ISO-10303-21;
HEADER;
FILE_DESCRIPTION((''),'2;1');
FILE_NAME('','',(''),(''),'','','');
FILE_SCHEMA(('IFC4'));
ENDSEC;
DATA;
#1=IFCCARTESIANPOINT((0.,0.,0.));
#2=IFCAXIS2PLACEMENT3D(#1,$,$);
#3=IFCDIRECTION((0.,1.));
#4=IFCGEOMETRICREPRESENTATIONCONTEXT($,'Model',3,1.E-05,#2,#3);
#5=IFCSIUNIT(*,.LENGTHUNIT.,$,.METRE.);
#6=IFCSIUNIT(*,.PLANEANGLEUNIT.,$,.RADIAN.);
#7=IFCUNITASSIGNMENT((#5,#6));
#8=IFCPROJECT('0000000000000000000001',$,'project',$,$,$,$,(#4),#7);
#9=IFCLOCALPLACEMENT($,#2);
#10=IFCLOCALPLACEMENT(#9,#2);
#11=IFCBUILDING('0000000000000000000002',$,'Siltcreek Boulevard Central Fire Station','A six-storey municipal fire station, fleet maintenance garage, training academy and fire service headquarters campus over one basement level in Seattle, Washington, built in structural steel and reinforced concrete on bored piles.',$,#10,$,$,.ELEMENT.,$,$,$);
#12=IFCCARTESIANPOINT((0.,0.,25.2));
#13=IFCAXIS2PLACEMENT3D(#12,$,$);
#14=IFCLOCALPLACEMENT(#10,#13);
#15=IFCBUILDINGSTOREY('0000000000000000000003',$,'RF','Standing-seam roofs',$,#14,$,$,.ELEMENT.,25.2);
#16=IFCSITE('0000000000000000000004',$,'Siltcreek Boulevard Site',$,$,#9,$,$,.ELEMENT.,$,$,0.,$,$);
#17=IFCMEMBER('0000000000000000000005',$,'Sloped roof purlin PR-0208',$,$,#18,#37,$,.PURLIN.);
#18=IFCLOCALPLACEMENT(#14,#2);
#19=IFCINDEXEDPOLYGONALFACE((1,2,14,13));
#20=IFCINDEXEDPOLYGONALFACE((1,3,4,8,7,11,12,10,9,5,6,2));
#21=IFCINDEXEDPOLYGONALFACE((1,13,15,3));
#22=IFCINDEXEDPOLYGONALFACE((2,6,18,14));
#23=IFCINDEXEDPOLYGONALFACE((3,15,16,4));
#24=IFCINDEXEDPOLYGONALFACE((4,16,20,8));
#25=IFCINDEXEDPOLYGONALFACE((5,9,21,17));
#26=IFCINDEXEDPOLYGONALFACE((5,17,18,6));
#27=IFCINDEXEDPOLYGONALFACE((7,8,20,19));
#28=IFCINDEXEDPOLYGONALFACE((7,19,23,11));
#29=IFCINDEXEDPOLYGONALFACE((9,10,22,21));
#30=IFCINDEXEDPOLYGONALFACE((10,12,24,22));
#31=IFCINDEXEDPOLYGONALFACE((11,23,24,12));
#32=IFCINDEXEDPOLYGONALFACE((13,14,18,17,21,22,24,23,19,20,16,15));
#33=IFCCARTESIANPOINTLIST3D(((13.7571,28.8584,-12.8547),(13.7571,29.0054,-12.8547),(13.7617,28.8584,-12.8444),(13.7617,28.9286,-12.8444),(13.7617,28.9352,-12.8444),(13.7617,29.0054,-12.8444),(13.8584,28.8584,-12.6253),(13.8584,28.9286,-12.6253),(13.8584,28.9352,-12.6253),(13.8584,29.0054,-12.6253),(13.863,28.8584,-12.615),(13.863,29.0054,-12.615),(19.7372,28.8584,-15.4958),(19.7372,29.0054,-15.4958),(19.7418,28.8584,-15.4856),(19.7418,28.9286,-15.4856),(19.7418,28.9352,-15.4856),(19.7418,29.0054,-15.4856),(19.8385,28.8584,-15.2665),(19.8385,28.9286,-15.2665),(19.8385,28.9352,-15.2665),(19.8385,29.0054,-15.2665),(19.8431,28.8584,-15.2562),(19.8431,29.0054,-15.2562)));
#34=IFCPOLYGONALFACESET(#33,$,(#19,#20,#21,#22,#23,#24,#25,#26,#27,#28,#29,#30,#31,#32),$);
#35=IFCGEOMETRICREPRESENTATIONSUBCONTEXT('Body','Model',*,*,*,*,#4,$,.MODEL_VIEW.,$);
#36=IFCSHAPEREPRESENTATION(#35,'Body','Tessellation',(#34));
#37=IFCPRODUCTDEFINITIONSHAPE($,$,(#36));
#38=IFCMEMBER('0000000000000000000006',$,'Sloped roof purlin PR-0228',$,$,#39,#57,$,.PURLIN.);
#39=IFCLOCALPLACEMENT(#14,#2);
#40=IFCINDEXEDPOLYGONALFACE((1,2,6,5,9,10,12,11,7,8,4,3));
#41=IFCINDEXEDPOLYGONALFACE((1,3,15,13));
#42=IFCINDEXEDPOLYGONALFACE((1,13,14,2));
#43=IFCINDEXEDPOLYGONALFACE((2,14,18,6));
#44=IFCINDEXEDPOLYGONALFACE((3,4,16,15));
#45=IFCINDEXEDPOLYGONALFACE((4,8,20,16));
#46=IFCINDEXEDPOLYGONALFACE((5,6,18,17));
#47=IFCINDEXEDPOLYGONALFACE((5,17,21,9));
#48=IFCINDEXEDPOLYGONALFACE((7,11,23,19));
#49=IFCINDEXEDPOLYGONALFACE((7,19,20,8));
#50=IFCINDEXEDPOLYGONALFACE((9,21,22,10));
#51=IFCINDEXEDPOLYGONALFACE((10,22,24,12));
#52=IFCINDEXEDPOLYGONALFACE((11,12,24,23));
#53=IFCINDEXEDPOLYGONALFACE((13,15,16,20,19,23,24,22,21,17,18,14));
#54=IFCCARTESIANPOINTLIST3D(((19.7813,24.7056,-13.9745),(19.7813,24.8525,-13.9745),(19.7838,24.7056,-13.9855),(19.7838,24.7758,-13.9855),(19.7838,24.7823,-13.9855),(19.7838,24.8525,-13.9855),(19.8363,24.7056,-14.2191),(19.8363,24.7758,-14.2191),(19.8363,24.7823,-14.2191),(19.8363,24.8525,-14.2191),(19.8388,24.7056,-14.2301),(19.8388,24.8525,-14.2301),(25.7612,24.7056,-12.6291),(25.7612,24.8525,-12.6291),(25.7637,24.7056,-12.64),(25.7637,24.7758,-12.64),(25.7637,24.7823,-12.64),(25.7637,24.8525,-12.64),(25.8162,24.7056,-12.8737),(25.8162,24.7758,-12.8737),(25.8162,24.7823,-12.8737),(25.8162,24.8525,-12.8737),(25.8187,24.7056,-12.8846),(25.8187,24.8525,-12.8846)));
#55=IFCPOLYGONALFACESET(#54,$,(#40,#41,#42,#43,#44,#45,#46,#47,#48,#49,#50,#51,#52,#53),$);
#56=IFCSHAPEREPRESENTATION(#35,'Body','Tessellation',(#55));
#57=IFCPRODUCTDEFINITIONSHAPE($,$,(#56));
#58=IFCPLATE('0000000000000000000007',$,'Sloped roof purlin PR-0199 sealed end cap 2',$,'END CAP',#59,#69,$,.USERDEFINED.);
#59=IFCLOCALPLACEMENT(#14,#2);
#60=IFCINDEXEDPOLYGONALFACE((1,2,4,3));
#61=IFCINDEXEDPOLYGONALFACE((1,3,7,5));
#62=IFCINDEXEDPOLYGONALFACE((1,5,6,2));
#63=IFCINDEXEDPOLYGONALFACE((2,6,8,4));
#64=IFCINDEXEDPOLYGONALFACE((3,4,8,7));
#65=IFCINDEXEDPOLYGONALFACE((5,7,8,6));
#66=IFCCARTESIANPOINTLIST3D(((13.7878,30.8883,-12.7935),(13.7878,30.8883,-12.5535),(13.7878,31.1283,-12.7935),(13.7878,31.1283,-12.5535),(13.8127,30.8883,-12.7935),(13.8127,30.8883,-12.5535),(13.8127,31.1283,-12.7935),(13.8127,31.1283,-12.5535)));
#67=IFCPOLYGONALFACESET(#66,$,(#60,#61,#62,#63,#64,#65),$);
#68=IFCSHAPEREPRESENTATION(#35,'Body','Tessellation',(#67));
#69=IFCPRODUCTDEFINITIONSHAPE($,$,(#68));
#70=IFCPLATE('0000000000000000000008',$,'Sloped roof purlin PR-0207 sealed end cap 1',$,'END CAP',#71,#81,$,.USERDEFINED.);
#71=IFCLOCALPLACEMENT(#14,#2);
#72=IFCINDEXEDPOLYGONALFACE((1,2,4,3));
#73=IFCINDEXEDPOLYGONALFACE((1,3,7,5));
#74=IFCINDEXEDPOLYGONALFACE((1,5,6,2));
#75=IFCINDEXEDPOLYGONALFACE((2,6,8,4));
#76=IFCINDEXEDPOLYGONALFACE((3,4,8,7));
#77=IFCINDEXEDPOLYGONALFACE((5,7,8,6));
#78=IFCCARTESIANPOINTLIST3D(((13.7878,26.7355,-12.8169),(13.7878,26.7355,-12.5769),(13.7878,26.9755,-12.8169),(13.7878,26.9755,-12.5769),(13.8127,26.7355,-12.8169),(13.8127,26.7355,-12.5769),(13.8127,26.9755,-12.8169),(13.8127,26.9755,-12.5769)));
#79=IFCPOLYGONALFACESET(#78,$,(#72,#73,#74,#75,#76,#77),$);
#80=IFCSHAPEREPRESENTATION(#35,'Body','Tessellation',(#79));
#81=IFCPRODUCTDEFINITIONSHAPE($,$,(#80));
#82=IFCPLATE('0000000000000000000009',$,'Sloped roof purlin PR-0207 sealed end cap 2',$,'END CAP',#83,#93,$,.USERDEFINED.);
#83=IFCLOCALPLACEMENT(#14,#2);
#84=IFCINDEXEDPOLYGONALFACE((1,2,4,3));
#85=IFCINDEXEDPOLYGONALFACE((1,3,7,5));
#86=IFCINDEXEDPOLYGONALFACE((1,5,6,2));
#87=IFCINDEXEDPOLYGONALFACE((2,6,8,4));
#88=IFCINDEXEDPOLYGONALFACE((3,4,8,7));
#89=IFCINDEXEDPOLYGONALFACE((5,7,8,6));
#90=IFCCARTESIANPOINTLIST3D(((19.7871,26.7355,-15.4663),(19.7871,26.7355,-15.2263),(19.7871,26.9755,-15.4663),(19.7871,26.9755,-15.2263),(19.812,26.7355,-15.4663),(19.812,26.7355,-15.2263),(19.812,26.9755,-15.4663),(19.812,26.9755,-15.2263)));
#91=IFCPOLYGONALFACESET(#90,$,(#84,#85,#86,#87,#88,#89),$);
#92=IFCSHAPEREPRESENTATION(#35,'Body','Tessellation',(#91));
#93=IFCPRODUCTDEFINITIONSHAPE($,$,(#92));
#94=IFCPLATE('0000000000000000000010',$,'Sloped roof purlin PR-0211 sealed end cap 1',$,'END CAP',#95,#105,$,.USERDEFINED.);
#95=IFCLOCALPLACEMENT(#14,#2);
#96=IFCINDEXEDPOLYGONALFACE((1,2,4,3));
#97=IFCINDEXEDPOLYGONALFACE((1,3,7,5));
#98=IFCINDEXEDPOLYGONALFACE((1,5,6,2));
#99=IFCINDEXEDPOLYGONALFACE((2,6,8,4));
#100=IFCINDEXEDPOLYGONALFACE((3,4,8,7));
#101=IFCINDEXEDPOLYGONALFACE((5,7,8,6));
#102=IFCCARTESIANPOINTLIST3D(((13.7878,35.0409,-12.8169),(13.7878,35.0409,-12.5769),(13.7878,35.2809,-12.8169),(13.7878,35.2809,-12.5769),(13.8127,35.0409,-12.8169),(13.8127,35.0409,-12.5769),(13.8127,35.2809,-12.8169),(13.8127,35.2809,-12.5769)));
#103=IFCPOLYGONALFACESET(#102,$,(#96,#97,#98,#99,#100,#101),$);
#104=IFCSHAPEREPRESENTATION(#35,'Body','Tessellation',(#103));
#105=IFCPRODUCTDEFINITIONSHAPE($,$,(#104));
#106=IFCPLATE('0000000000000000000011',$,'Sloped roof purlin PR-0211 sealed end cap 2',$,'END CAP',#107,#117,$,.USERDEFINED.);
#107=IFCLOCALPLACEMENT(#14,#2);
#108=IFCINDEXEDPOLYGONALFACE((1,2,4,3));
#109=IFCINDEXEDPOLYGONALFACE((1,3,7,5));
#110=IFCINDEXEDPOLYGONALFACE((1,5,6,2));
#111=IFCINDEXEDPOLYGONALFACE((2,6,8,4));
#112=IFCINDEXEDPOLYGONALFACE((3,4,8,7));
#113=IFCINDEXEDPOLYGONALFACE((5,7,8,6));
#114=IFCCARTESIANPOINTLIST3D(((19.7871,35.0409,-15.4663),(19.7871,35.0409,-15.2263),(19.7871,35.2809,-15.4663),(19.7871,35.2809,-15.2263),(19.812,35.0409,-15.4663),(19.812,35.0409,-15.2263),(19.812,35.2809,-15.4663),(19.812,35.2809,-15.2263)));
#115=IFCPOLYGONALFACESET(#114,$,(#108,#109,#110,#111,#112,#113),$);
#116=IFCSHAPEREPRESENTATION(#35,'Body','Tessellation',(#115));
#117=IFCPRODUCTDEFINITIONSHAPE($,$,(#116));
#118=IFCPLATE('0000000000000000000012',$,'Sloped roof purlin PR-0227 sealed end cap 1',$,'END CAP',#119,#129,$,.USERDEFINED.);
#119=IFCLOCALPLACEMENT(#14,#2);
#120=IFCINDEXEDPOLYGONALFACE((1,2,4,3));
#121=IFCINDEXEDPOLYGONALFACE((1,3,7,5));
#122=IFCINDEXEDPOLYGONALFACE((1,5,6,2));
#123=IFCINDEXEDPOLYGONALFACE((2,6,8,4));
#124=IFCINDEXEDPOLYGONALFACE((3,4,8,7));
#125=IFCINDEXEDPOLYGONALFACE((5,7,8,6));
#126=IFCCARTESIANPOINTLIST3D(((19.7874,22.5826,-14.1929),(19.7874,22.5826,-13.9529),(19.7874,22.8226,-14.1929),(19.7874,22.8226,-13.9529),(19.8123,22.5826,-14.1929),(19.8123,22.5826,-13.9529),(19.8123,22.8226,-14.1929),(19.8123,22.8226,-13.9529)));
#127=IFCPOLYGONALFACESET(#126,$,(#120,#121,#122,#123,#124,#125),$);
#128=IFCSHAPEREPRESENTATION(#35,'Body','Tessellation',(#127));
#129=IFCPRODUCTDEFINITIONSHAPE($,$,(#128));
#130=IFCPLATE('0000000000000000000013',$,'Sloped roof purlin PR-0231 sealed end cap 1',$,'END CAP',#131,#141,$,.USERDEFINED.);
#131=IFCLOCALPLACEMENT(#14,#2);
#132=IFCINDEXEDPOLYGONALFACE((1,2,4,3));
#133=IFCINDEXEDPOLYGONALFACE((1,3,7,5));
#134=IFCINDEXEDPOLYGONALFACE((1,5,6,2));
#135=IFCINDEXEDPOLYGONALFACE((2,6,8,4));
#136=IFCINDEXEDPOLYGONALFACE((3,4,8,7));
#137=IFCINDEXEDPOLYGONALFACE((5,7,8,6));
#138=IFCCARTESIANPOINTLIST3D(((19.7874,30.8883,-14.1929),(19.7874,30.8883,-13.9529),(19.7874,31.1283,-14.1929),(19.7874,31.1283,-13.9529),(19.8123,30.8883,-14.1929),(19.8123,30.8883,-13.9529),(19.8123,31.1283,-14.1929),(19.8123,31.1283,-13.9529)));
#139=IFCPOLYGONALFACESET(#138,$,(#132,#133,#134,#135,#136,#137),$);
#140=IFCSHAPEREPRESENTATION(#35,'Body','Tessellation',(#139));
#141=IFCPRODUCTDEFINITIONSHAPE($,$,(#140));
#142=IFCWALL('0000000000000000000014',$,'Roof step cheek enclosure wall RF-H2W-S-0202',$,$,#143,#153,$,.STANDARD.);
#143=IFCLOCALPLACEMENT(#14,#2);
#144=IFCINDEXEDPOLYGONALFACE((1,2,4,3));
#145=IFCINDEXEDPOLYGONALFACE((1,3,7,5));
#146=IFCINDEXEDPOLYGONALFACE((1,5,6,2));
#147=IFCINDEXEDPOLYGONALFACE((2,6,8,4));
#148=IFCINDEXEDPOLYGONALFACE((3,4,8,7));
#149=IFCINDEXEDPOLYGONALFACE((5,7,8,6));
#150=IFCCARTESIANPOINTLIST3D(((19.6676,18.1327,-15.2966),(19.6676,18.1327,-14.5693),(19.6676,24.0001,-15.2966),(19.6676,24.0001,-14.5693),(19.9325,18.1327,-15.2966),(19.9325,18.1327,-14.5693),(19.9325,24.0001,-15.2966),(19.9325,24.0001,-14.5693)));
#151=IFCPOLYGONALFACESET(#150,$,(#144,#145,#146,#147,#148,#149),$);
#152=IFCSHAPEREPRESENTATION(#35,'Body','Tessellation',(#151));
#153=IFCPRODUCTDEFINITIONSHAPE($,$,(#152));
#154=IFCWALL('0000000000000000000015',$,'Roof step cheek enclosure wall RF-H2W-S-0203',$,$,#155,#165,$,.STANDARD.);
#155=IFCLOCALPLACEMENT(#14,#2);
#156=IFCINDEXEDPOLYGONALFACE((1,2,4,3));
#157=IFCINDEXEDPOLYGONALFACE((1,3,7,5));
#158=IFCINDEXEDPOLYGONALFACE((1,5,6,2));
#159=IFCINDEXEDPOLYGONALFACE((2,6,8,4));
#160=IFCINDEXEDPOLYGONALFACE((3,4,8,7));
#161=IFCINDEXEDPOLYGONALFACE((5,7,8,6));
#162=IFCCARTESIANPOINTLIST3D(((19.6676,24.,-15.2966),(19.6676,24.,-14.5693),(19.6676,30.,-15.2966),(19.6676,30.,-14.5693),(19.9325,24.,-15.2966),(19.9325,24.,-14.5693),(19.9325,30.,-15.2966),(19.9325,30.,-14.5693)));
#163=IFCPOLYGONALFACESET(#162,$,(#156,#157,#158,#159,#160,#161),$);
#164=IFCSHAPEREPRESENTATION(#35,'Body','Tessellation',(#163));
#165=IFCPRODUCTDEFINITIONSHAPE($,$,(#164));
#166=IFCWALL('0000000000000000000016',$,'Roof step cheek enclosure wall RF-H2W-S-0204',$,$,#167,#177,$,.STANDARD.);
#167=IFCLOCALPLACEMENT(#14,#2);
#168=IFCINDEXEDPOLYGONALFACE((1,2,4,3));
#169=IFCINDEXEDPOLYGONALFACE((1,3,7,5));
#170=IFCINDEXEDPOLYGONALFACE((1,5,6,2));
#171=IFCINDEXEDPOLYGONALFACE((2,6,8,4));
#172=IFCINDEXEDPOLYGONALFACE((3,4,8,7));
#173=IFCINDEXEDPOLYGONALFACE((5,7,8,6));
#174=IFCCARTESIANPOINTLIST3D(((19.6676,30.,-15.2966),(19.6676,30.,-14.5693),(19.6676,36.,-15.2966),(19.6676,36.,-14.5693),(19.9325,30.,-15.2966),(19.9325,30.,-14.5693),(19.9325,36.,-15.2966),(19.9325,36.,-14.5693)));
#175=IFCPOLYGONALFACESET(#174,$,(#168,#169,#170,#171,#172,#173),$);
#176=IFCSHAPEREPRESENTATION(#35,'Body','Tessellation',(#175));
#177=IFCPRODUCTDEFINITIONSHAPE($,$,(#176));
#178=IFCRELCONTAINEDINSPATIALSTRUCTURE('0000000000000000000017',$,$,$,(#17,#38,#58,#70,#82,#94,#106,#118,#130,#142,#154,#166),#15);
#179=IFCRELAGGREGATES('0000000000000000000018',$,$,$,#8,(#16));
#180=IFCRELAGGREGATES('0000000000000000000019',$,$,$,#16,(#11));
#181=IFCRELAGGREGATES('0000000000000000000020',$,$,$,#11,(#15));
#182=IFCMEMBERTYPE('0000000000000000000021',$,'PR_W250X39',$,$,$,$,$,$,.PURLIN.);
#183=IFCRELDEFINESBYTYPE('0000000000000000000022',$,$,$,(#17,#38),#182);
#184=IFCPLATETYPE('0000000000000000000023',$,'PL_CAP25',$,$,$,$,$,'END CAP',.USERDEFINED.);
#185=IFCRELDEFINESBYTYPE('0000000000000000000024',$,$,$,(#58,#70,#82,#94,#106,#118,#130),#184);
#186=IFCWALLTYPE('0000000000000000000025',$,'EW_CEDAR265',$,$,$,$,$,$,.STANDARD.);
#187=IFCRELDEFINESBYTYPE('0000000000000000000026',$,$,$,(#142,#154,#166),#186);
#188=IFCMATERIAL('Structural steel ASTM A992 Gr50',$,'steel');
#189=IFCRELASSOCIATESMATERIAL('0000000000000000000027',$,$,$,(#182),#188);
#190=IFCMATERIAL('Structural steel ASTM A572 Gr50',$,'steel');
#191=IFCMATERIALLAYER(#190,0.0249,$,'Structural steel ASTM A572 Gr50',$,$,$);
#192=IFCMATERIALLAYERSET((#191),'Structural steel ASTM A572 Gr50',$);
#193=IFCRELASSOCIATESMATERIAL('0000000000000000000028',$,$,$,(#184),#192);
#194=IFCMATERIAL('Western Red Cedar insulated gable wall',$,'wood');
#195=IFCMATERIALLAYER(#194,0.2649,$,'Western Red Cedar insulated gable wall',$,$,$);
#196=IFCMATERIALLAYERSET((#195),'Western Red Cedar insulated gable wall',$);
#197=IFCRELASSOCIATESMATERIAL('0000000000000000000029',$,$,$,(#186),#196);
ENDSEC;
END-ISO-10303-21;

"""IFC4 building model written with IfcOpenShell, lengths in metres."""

from ifc_helpers import new_model, si_unit, direction, frame, frame_2d, origin, origin_2d, place, context, subcontext, project, spatial, rectangle, i_section, extrude, material, layer, layer_set, material_profile, profile_set, type_object, element, save


model = new_model("IFC4")

# Units and contexts
model_context = context("Model", 3, precision=1e-05, world=origin(), true_north=direction((0.0, 1.0)))
body_context = subcontext(model_context, "Body", "Model", "MODEL_VIEW")
ifc_project = project(units=[si_unit("LENGTHUNIT", "METRE"), si_unit("PLANEANGLEUNIT", "RADIAN")], contexts=[model_context])

# Site, building, storey
site_placement = place(None, origin())
site = spatial("IfcSite", under=ifc_project, at=site_placement, Name="Siltcreek Boulevard Site", CompositionType="ELEMENT", RefElevation=0.0)
building_placement = place(site_placement, origin())
building = spatial("IfcBuilding", under=site, at=building_placement, Name="Siltcreek Boulevard Central Fire Station", Description="A six-storey municipal fire station, fleet maintenance garage, training academy and fire service headquarters campus over one basement level in Seattle, Washington, built in structural steel and reinforced concrete on bored piles.", CompositionType="ELEMENT")
storey_placement = place(building_placement, frame((0.0, 0.0, 25.2)))
storey = spatial("IfcBuildingStorey", under=building, at=storey_placement, Name="RF", Description="Standing-seam roofs", CompositionType="ELEMENT", Elevation=25.2)

# Members
ifc_material_1 = material(Name="Structural steel ASTM A992 Gr50", Category="steel")
ifc_material_profile_1 = material_profile(ifc_material_1, i_section(OverallWidth=0.147, OverallDepth=0.262, WebThickness=0.0066, FlangeThickness=0.0112, at=origin_2d()), Name="W250X39")
ifc_profile_set_1 = profile_set([ifc_material_profile_1], Name="Structural steel ASTM A992 Gr50")
member_type_1 = type_object("IfcMemberType", Name="PR_W250X39", PredefinedType="PURLIN", material=ifc_profile_set_1)
member_1_placement = place(storey_placement, frame((13.8101, 28.9319, -12.7349), z_axis=(0.914755, 0.0, -0.40401), x_axis=(0.0, 1.0, 0.0)))
element("IfcMember", 1, at=member_1_placement, inside=storey, type_object=member_type_1, Name="Sloped roof purlin PR-0208", PredefinedType="PURLIN", context=body_context, shape_type="SweptSolid", body=[
    extrude(i_section(OverallWidth=0.147, OverallDepth=0.262, WebThickness=0.0066, FlangeThickness=0.0112, at=origin_2d()), origin(), (0.0, 0.0, 1.0), 6.5374),
])
member_2_placement = place(storey_placement, frame((19.8101, 24.7791, -14.1023), z_axis=(0.975611, 0.0, 0.219507), x_axis=(0.0, 1.0, 0.0)))
element("IfcMember", 2, at=member_2_placement, inside=storey, type_object=member_type_1, Name="Sloped roof purlin PR-0228", PredefinedType="PURLIN", context=body_context, shape_type="SweptSolid", body=[
    extrude(i_section(OverallWidth=0.147, OverallDepth=0.262, WebThickness=0.0066, FlangeThickness=0.0112, at=origin_2d()), origin(), (0.0, 0.0, 1.0), 6.1294),
])

# Plates
ifc_material_2 = material(Name="Structural steel ASTM A572 Gr50", Category="steel")
ifc_layer_1 = layer(ifc_material_2, 0.0249, Name="Structural steel ASTM A572 Gr50")
ifc_layer_set_1 = layer_set([ifc_layer_1], Name="Structural steel ASTM A572 Gr50")
plate_type = type_object("IfcPlateType", Name="PL_CAP25", ElementType="END CAP", PredefinedType="USERDEFINED", material=ifc_layer_set_1)
for number, where, z_axis, x_axis, name in (
    (3, (13.8003, 31.0083, -12.7935), (0.0, 0.0, 1.0), (1.0, 0.0, 0.0), "Sloped roof purlin PR-0199 sealed end cap 2"),
    (4, (13.8003, 26.8555, -12.8169), (0.0, 0.0, 1.0), (1.0, 0.0, 0.0), "Sloped roof purlin PR-0207 sealed end cap 1"),
    (5, (19.7996, 26.8555, -15.4663), (0.0, 0.0, 1.0), (1.0, 0.0, 0.0), "Sloped roof purlin PR-0207 sealed end cap 2"),
    (6, (13.8003, 35.1609, -12.8169), (0.0, 0.0, 1.0), (1.0, 0.0, 0.0), "Sloped roof purlin PR-0211 sealed end cap 1"),
    (7, (19.7996, 35.1609, -15.4663), (0.0, 0.0, 1.0), (1.0, 0.0, 0.0), "Sloped roof purlin PR-0211 sealed end cap 2"),
    (8, (19.7998, 22.7026, -14.1929), (0.0, 0.0, 1.0), (1.0, 0.0, 0.0), "Sloped roof purlin PR-0227 sealed end cap 1"),
    (9, (19.7998, 31.0083, -14.1929), (0.0, 0.0, 1.0), (1.0, 0.0, 0.0), "Sloped roof purlin PR-0231 sealed end cap 1"),
):
    element("IfcPlate", number, at=place(storey_placement, frame(where, z_axis=z_axis, x_axis=x_axis)), inside=storey, type_object=plate_type, Name=name, ObjectType="END CAP", PredefinedType="USERDEFINED", context=body_context, shape_type="SweptSolid", body=[
        extrude(rectangle(XDim=0.0249, YDim=0.24, at=origin_2d()), origin(), (0.0, 0.0, 1.0), 0.24),
    ])

# Walls
ifc_material_3 = material(Name="Western Red Cedar insulated gable wall", Category="wood")
ifc_layer_2 = layer(ifc_material_3, 0.2649, Name="Western Red Cedar insulated gable wall")
ifc_layer_set_2 = layer_set([ifc_layer_2], Name="Western Red Cedar insulated gable wall")
wall_type = type_object("IfcWallType", Name="EW_CEDAR265", PredefinedType="STANDARD", material=ifc_layer_set_2)
wall_placement = place(storey_placement, frame((19.8, 24.0, -15.2966), z_axis=(0.0, 0.0, 1.0), x_axis=(0.0, -1.0, 0.0)))
element("IfcWall", 10, at=wall_placement, inside=storey, type_object=wall_type, Name="Roof step cheek enclosure wall RF-H2W-S-0202", PredefinedType="STANDARD", context=body_context, shape_type="SweptSolid", body=[
    extrude(rectangle(XDim=5.8674, YDim=0.2649, at=frame_2d((2.9336, 0.0))), origin(), (0.0, 0.0, 1.0), 0.7273),
])
for number, where, z_axis, x_axis, name in (
    (11, (19.8, 30.0, -15.2966), (0.0, 0.0, 1.0), (0.0, -1.0, 0.0), "Roof step cheek enclosure wall RF-H2W-S-0203"),
    (12, (19.8, 36.0, -15.2966), (0.0, 0.0, 1.0), (0.0, -1.0, 0.0), "Roof step cheek enclosure wall RF-H2W-S-0204"),
):
    element("IfcWall", number, at=place(storey_placement, frame(where, z_axis=z_axis, x_axis=x_axis)), inside=storey, type_object=wall_type, Name=name, PredefinedType="STANDARD", context=body_context, shape_type="SweptSolid", body=[
        extrude(rectangle(XDim=6.0, YDim=0.2649, at=frame_2d((3.0, 0.0))), origin(), (0.0, 0.0, 1.0), 0.7273),
    ])

save(model, "model.ifc")
